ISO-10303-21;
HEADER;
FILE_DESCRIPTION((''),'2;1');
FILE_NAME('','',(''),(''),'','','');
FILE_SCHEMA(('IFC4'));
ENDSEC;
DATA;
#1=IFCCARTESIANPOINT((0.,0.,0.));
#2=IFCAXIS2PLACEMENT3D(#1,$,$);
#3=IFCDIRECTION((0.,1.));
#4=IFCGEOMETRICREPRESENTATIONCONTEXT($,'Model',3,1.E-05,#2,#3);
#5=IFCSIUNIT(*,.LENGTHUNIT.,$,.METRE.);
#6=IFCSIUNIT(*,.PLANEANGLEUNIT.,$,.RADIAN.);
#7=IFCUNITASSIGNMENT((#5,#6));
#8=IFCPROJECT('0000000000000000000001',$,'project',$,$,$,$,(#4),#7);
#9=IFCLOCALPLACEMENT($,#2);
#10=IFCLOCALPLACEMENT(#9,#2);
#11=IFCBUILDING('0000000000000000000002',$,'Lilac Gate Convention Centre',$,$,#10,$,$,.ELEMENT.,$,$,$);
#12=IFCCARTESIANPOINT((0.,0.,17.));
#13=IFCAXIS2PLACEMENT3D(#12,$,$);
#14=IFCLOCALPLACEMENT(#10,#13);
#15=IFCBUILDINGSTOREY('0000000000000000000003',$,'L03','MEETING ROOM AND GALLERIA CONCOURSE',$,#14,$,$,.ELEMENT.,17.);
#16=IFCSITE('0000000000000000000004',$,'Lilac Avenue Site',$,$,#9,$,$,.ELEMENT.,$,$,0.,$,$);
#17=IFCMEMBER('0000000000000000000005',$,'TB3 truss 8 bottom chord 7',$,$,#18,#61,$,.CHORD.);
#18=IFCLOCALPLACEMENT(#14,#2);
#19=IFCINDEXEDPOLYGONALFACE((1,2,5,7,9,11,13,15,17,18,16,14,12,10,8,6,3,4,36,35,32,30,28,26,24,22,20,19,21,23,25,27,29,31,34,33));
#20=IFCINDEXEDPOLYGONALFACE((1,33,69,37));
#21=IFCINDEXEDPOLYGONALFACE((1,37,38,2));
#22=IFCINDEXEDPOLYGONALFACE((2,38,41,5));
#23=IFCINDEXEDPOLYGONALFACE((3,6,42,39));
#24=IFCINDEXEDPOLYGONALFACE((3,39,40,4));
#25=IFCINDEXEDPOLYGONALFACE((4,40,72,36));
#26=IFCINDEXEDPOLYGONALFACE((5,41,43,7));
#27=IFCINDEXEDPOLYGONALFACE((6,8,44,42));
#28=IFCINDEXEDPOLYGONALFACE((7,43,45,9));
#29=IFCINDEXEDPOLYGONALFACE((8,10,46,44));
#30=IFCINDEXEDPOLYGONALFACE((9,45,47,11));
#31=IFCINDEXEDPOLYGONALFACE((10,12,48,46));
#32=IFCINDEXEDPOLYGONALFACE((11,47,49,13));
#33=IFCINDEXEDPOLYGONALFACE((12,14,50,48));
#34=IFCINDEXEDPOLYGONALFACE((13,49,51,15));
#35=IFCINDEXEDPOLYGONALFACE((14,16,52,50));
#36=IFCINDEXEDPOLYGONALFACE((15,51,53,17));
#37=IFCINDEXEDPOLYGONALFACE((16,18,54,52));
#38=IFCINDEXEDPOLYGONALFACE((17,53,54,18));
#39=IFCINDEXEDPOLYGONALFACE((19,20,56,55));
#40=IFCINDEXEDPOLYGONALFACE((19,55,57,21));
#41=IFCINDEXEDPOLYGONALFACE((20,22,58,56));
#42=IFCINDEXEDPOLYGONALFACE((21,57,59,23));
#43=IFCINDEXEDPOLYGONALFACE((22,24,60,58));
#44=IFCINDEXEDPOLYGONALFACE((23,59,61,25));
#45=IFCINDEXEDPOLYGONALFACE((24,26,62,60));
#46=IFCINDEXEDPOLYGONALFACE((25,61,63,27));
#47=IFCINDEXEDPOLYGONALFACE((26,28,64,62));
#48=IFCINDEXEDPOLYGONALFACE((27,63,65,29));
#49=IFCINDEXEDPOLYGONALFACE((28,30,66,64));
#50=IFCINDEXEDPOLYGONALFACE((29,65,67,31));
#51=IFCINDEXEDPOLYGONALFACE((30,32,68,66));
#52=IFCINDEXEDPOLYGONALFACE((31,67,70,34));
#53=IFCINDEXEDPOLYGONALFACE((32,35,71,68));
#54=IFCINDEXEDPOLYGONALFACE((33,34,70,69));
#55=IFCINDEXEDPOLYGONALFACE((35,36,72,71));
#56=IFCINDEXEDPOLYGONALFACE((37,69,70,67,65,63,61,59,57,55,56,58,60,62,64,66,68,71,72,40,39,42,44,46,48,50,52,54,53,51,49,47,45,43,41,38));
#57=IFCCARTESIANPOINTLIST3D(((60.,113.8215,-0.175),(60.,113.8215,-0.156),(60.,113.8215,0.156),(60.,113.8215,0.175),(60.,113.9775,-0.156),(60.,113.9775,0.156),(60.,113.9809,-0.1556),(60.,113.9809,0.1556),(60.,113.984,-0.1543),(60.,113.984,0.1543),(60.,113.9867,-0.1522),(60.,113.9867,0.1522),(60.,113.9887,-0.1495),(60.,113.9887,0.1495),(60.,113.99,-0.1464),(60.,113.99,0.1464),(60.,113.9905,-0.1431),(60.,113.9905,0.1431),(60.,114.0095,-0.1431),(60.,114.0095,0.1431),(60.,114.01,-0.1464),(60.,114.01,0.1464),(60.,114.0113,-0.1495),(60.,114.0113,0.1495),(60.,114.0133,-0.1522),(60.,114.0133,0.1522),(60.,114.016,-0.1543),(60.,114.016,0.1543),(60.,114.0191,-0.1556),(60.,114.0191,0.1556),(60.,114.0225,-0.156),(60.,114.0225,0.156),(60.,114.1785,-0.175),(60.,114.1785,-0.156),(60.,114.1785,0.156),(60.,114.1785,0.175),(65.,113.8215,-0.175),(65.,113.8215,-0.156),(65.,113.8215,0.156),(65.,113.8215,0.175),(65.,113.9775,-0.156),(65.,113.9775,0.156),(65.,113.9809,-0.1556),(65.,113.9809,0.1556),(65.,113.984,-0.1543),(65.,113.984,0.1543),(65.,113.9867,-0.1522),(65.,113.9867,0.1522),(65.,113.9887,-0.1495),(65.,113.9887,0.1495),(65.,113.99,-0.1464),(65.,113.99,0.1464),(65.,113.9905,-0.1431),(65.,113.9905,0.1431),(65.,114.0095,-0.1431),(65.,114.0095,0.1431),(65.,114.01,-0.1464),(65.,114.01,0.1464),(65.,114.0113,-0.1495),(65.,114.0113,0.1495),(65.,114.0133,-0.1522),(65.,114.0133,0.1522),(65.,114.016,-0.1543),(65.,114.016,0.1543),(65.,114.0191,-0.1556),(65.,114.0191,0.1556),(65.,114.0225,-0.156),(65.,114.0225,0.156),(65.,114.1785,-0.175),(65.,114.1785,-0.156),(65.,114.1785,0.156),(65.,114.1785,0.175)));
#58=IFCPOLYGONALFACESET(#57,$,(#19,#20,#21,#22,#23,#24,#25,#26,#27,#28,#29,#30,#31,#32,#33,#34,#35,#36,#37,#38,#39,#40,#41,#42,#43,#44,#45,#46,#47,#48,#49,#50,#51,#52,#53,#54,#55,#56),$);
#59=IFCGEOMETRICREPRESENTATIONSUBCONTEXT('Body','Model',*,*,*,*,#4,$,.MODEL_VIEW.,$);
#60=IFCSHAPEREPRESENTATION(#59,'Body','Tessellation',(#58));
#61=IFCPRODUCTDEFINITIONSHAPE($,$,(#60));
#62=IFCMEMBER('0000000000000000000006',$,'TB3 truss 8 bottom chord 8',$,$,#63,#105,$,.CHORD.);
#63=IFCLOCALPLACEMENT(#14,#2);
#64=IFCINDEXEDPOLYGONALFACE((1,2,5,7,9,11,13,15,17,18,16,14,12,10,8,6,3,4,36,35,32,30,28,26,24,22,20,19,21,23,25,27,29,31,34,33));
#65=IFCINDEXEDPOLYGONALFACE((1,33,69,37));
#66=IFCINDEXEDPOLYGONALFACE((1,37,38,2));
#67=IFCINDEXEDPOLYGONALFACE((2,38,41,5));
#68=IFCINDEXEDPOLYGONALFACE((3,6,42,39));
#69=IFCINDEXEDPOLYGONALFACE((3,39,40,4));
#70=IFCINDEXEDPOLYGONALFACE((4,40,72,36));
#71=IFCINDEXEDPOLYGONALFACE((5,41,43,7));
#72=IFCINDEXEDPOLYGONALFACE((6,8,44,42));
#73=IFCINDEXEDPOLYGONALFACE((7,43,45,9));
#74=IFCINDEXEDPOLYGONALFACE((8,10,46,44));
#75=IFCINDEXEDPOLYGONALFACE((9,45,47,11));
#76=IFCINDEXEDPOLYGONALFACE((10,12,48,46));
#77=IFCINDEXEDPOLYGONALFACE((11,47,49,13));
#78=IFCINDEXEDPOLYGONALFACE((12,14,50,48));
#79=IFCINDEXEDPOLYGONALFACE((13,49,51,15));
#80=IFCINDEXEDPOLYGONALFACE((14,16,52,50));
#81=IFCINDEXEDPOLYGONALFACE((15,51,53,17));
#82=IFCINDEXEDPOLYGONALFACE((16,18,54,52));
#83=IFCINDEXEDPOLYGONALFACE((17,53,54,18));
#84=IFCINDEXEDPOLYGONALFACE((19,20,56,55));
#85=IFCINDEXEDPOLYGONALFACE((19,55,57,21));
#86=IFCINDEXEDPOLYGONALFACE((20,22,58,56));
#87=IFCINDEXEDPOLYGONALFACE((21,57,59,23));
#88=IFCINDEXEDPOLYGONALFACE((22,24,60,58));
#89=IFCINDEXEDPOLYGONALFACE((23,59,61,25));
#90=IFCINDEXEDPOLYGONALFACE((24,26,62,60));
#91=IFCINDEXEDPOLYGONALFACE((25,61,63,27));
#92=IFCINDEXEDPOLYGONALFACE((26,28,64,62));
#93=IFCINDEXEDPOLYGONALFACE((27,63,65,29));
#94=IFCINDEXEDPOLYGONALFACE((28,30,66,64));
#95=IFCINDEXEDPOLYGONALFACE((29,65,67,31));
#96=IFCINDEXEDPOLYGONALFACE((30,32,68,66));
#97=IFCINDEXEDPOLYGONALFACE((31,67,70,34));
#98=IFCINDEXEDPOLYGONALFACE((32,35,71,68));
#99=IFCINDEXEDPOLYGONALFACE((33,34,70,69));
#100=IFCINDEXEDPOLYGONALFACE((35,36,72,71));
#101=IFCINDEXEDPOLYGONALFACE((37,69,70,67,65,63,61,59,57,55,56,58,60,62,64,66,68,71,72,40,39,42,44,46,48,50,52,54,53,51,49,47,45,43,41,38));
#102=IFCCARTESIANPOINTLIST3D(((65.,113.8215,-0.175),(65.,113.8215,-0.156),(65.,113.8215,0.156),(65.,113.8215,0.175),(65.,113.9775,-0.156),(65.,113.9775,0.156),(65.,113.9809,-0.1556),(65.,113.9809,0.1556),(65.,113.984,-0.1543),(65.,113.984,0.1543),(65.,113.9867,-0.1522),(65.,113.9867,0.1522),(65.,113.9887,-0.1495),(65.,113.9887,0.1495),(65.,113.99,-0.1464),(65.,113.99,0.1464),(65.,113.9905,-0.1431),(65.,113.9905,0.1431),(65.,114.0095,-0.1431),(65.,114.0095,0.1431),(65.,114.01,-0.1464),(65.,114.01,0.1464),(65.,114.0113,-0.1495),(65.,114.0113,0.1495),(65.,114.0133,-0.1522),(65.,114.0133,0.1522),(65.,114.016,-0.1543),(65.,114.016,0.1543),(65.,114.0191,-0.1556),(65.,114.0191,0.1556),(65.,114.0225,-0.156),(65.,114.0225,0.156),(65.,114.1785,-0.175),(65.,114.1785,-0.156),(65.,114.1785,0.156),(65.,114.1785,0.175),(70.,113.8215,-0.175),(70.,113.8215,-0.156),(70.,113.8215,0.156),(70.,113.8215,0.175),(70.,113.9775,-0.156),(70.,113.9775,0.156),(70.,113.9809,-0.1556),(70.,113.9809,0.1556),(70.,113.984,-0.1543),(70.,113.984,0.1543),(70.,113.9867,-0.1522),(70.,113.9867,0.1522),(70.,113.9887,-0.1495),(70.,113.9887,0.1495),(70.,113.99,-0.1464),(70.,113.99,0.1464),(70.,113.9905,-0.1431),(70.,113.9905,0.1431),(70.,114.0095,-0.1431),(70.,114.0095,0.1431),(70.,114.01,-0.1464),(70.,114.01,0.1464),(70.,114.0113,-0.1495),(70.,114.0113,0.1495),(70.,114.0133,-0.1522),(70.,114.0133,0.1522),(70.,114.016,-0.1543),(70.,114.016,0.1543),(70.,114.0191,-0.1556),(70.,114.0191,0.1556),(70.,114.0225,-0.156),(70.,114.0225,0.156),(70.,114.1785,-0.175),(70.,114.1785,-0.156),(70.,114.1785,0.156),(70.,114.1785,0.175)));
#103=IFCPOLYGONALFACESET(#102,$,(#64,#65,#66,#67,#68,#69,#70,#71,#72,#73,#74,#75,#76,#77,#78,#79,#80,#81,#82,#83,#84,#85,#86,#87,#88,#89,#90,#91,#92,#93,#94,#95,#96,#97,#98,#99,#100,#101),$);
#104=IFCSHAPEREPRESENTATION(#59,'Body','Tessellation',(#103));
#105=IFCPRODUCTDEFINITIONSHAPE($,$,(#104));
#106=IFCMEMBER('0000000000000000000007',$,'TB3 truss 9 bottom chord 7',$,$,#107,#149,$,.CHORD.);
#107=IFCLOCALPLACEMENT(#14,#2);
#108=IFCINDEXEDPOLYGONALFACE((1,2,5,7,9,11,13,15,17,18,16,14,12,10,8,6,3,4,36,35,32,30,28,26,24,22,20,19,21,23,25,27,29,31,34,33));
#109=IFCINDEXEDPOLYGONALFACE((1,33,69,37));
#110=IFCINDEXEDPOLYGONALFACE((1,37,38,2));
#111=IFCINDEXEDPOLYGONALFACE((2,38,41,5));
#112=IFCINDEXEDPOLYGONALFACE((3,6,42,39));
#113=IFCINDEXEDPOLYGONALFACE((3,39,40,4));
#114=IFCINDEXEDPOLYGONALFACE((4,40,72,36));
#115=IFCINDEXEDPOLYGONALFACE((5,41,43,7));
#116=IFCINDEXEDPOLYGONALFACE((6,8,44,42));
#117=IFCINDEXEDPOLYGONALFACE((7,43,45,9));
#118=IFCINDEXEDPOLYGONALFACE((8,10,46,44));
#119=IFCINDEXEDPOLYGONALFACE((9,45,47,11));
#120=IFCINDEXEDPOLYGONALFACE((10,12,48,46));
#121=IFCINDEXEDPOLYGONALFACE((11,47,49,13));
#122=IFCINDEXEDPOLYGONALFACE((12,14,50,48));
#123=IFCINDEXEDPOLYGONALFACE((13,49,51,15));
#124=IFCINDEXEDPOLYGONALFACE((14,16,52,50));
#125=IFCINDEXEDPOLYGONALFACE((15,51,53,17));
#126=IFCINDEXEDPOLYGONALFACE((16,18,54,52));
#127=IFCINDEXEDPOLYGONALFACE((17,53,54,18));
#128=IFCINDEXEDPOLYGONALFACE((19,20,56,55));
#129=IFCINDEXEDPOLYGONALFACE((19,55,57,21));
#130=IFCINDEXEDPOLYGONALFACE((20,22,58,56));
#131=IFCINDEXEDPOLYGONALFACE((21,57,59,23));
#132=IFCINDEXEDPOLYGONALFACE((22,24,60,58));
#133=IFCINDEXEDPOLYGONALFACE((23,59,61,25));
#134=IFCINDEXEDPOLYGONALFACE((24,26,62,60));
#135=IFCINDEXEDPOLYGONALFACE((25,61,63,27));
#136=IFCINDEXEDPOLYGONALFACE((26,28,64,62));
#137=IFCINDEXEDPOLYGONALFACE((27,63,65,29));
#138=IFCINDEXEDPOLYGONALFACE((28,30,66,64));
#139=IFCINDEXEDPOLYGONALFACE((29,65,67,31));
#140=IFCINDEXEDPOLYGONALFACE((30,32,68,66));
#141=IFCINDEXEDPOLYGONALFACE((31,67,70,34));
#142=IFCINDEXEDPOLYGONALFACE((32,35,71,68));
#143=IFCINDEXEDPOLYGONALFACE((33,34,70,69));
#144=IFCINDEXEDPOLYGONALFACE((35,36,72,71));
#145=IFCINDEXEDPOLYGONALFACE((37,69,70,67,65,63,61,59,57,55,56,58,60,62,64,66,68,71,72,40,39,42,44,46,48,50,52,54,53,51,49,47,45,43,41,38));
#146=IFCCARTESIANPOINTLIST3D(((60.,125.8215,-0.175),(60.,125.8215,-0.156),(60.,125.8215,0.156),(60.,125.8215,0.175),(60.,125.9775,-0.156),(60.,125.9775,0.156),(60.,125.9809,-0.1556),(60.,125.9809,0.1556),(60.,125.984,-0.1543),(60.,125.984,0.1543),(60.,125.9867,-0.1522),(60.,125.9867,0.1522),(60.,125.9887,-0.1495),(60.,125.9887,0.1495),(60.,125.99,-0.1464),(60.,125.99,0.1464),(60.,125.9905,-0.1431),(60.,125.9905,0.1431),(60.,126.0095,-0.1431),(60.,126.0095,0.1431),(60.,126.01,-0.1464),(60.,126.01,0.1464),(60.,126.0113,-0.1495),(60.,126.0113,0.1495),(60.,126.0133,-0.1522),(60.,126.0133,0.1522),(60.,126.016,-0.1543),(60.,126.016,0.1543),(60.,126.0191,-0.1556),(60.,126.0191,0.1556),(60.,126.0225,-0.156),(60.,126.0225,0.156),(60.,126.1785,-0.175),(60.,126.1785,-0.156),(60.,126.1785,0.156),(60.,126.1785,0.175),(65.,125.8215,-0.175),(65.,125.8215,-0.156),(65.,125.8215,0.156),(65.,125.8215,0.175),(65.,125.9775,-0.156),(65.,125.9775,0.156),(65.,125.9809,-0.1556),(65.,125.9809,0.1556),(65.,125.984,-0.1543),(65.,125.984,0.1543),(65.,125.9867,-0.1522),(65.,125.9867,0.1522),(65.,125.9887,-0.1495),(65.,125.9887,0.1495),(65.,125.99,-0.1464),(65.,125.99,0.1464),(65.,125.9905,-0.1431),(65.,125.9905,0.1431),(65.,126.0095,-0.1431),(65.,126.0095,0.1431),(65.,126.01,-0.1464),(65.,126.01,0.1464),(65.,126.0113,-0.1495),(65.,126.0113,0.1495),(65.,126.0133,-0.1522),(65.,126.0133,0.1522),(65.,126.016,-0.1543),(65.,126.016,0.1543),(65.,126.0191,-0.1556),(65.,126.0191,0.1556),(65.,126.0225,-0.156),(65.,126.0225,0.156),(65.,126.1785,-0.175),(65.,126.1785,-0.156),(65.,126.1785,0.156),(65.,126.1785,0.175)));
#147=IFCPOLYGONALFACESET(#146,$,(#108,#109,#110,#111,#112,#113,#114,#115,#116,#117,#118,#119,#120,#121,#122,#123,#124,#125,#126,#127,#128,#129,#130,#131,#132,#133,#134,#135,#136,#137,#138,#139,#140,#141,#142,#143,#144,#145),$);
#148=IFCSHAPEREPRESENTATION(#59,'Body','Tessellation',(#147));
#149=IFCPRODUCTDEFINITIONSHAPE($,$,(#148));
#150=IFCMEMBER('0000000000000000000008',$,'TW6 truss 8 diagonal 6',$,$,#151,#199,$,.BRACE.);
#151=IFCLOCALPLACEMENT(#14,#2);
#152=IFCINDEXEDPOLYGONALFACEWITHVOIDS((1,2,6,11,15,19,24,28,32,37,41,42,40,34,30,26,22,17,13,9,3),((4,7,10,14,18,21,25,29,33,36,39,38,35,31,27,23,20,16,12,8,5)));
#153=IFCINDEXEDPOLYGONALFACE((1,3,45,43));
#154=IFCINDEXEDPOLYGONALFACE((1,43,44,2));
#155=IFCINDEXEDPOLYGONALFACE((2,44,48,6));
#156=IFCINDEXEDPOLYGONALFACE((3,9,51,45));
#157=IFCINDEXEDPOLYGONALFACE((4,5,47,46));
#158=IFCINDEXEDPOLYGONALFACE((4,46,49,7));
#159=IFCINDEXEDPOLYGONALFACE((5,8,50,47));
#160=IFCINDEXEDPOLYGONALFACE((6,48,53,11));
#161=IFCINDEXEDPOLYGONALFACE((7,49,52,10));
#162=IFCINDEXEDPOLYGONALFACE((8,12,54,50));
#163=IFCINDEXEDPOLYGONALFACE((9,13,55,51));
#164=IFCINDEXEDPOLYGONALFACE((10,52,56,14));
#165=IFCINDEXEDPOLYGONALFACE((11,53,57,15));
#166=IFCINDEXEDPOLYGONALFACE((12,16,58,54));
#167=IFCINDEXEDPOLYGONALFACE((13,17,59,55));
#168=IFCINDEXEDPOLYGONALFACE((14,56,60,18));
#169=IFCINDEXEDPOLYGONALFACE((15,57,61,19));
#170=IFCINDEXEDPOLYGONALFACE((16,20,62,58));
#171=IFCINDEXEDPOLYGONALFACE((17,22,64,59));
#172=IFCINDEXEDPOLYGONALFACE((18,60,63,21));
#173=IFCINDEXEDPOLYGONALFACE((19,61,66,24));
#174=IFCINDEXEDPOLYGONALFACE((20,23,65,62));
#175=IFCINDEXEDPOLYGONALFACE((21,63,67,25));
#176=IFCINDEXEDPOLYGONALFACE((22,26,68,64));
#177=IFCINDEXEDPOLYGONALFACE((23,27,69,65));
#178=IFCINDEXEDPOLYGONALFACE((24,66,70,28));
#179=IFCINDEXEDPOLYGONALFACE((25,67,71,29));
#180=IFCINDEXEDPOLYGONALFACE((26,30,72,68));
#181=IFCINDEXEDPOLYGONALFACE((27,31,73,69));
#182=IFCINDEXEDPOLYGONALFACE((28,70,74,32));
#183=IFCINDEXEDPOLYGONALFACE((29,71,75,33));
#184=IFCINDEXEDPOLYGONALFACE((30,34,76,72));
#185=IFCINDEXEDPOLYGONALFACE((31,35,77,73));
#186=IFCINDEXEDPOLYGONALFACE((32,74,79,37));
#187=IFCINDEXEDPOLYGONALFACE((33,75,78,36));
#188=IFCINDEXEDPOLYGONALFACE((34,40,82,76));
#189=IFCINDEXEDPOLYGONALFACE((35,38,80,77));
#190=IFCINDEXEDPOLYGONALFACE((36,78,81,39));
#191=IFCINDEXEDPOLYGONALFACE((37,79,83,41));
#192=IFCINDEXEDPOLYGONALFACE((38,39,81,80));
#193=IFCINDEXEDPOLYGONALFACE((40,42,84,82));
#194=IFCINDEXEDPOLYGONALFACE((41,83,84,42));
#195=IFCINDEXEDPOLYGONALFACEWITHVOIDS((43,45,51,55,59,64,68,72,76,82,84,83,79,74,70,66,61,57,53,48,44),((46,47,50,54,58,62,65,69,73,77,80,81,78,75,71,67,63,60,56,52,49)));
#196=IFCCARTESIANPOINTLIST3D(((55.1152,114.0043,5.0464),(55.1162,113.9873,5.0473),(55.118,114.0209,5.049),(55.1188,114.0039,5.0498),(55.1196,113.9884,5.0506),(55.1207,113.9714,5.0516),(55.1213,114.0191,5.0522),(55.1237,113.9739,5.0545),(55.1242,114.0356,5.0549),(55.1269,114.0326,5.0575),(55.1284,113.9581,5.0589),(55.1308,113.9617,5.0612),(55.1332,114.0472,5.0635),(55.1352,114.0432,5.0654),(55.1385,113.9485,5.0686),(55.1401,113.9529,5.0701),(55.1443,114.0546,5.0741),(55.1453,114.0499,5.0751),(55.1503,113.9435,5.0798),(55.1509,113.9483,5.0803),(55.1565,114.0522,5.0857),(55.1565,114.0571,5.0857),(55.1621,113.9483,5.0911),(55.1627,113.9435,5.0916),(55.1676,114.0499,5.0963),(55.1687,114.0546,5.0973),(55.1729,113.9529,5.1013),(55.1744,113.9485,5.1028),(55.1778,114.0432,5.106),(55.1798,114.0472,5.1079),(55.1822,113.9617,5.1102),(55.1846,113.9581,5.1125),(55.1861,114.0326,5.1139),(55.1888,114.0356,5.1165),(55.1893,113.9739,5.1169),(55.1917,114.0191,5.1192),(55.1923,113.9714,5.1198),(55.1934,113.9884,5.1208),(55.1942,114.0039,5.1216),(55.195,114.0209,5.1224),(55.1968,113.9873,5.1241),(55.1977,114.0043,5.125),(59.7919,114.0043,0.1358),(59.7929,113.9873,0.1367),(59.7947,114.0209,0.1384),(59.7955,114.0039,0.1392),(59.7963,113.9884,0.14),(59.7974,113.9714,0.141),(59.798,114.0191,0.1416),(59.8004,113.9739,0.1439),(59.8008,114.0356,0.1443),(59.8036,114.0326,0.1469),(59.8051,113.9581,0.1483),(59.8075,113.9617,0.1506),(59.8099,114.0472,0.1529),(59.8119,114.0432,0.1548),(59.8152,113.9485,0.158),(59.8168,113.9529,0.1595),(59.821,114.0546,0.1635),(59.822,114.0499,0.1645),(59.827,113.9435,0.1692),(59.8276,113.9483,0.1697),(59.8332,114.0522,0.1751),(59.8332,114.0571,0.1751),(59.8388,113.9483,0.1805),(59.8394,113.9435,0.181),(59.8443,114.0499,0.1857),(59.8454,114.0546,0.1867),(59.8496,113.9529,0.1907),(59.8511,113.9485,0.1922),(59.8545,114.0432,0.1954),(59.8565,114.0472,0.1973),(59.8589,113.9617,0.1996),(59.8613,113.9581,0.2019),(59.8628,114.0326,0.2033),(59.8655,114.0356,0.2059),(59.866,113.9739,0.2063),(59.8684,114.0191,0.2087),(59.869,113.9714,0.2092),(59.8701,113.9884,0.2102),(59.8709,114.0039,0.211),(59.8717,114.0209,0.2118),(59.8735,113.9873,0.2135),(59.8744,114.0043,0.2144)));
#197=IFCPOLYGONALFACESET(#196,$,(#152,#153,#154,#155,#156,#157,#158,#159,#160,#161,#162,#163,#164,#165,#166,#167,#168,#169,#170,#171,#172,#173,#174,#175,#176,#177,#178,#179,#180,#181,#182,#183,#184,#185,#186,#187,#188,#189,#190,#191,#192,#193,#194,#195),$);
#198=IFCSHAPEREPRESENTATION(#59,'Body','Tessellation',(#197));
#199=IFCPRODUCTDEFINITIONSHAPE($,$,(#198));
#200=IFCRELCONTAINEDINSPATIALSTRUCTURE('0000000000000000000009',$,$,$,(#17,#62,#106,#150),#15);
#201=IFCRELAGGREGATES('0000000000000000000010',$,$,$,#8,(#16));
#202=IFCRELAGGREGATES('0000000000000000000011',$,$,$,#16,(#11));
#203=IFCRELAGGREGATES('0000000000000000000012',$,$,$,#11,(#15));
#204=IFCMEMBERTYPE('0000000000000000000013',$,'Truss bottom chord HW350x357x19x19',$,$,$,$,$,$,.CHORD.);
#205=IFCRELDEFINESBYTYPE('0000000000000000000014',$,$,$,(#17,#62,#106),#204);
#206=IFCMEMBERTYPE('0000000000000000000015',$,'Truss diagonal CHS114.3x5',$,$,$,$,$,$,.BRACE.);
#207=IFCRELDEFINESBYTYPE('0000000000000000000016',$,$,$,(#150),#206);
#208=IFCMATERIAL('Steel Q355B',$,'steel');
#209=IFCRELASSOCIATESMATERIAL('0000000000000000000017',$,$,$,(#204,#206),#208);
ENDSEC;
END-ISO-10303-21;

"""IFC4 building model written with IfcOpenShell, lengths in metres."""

from ifc_helpers import new_model, si_unit, direction, frame, origin, origin_2d, place, context, subcontext, project, spatial, hollow_circle, i_section, extrude, material, material_profile, profile_set, type_object, element, save


model = new_model("IFC4")

# Units and contexts
model_context = context("Model", 3, precision=1e-05, world=origin(), true_north=direction((0.0, 1.0)))
body_context = subcontext(model_context, "Body", "Model", "MODEL_VIEW")
ifc_project = project(units=[si_unit("LENGTHUNIT", "METRE"), si_unit("PLANEANGLEUNIT", "RADIAN")], contexts=[model_context])

# Site, building, storey
site_placement = place(None, origin())
site = spatial("IfcSite", under=ifc_project, at=site_placement, Name="Lilac Avenue Site", CompositionType="ELEMENT", RefElevation=0.0)
building_placement = place(site_placement, origin())
building = spatial("IfcBuilding", under=site, at=building_placement, Name="Lilac Gate Convention Centre", CompositionType="ELEMENT")
storey_placement = place(building_placement, frame((0.0, 0.0, 17.0)))
storey = spatial("IfcBuildingStorey", under=building, at=storey_placement, Name="L03", Description="MEETING ROOM AND GALLERIA CONCOURSE", CompositionType="ELEMENT", Elevation=17.0)

# Members
ifc_material = material(Name="Steel Q355B", Category="steel")
ifc_material_profile_1 = material_profile(ifc_material, i_section(OverallWidth=0.3569, OverallDepth=0.3501, WebThickness=0.019, FlangeThickness=0.019, FilletRadius=0.0129, at=origin_2d()), Name="HW350x357x19x19")
ifc_profile_set_1 = profile_set([ifc_material_profile_1], Name="Steel Q355B")
member_type_1 = type_object("IfcMemberType", Name="Truss bottom chord HW350x357x19x19", PredefinedType="CHORD", material=ifc_profile_set_1)
for number, where, z_axis, x_axis, name in (
    (1, (60.0, 114.0, 0.0), (1.0, 0.0, 0.0), (0.0, 1.0, 0.0), "TB3 truss 8 bottom chord 7"),
    (2, (65.0, 114.0, 0.0), (1.0, 0.0, 0.0), (0.0, 1.0, 0.0), "TB3 truss 8 bottom chord 8"),
    (3, (60.0, 126.0, 0.0), (1.0, 0.0, 0.0), (0.0, 1.0, 0.0), "TB3 truss 9 bottom chord 7"),
):
    element("IfcMember", number, at=place(storey_placement, frame(where, z_axis=z_axis, x_axis=x_axis)), inside=storey, type_object=member_type_1, Name=name, PredefinedType="CHORD", context=body_context, shape_type="SweptSolid", body=[
        extrude(i_section(OverallWidth=0.3569, OverallDepth=0.3501, WebThickness=0.019, FlangeThickness=0.019, FilletRadius=0.0129, at=origin_2d()), origin(), (0.0, 0.0, 1.0), 5.0),
    ])
ifc_material_profile_2 = material_profile(ifc_material, hollow_circle(Radius=0.0571, WallThickness=0.0049, at=origin_2d()), Name="CHS114.3x5")
ifc_profile_set_2 = profile_set([ifc_material_profile_2], Name="Steel Q355B")
member_type_2 = type_object("IfcMemberType", Name="Truss diagonal CHS114.3x5", PredefinedType="BRACE", material=ifc_profile_set_2)
for number, where, z_axis, x_axis, name in (
    (4, (55.1565, 114.0, 5.0857), (0.689652, 0.0, -0.724141), (0.0, 1.0, 0.0), "TW6 truss 8 diagonal 6"),
):
    element("IfcMember", number, at=place(storey_placement, frame(where, z_axis=z_axis, x_axis=x_axis)), inside=storey, type_object=member_type_2, Name=name, PredefinedType="BRACE", context=body_context, shape_type="SweptSolid", body=[
        extrude(hollow_circle(Radius=0.0571, WallThickness=0.0049, at=origin_2d()), origin(), (0.0, 0.0, 1.0), 6.7812),
    ])

save(model, "model.ifc")
